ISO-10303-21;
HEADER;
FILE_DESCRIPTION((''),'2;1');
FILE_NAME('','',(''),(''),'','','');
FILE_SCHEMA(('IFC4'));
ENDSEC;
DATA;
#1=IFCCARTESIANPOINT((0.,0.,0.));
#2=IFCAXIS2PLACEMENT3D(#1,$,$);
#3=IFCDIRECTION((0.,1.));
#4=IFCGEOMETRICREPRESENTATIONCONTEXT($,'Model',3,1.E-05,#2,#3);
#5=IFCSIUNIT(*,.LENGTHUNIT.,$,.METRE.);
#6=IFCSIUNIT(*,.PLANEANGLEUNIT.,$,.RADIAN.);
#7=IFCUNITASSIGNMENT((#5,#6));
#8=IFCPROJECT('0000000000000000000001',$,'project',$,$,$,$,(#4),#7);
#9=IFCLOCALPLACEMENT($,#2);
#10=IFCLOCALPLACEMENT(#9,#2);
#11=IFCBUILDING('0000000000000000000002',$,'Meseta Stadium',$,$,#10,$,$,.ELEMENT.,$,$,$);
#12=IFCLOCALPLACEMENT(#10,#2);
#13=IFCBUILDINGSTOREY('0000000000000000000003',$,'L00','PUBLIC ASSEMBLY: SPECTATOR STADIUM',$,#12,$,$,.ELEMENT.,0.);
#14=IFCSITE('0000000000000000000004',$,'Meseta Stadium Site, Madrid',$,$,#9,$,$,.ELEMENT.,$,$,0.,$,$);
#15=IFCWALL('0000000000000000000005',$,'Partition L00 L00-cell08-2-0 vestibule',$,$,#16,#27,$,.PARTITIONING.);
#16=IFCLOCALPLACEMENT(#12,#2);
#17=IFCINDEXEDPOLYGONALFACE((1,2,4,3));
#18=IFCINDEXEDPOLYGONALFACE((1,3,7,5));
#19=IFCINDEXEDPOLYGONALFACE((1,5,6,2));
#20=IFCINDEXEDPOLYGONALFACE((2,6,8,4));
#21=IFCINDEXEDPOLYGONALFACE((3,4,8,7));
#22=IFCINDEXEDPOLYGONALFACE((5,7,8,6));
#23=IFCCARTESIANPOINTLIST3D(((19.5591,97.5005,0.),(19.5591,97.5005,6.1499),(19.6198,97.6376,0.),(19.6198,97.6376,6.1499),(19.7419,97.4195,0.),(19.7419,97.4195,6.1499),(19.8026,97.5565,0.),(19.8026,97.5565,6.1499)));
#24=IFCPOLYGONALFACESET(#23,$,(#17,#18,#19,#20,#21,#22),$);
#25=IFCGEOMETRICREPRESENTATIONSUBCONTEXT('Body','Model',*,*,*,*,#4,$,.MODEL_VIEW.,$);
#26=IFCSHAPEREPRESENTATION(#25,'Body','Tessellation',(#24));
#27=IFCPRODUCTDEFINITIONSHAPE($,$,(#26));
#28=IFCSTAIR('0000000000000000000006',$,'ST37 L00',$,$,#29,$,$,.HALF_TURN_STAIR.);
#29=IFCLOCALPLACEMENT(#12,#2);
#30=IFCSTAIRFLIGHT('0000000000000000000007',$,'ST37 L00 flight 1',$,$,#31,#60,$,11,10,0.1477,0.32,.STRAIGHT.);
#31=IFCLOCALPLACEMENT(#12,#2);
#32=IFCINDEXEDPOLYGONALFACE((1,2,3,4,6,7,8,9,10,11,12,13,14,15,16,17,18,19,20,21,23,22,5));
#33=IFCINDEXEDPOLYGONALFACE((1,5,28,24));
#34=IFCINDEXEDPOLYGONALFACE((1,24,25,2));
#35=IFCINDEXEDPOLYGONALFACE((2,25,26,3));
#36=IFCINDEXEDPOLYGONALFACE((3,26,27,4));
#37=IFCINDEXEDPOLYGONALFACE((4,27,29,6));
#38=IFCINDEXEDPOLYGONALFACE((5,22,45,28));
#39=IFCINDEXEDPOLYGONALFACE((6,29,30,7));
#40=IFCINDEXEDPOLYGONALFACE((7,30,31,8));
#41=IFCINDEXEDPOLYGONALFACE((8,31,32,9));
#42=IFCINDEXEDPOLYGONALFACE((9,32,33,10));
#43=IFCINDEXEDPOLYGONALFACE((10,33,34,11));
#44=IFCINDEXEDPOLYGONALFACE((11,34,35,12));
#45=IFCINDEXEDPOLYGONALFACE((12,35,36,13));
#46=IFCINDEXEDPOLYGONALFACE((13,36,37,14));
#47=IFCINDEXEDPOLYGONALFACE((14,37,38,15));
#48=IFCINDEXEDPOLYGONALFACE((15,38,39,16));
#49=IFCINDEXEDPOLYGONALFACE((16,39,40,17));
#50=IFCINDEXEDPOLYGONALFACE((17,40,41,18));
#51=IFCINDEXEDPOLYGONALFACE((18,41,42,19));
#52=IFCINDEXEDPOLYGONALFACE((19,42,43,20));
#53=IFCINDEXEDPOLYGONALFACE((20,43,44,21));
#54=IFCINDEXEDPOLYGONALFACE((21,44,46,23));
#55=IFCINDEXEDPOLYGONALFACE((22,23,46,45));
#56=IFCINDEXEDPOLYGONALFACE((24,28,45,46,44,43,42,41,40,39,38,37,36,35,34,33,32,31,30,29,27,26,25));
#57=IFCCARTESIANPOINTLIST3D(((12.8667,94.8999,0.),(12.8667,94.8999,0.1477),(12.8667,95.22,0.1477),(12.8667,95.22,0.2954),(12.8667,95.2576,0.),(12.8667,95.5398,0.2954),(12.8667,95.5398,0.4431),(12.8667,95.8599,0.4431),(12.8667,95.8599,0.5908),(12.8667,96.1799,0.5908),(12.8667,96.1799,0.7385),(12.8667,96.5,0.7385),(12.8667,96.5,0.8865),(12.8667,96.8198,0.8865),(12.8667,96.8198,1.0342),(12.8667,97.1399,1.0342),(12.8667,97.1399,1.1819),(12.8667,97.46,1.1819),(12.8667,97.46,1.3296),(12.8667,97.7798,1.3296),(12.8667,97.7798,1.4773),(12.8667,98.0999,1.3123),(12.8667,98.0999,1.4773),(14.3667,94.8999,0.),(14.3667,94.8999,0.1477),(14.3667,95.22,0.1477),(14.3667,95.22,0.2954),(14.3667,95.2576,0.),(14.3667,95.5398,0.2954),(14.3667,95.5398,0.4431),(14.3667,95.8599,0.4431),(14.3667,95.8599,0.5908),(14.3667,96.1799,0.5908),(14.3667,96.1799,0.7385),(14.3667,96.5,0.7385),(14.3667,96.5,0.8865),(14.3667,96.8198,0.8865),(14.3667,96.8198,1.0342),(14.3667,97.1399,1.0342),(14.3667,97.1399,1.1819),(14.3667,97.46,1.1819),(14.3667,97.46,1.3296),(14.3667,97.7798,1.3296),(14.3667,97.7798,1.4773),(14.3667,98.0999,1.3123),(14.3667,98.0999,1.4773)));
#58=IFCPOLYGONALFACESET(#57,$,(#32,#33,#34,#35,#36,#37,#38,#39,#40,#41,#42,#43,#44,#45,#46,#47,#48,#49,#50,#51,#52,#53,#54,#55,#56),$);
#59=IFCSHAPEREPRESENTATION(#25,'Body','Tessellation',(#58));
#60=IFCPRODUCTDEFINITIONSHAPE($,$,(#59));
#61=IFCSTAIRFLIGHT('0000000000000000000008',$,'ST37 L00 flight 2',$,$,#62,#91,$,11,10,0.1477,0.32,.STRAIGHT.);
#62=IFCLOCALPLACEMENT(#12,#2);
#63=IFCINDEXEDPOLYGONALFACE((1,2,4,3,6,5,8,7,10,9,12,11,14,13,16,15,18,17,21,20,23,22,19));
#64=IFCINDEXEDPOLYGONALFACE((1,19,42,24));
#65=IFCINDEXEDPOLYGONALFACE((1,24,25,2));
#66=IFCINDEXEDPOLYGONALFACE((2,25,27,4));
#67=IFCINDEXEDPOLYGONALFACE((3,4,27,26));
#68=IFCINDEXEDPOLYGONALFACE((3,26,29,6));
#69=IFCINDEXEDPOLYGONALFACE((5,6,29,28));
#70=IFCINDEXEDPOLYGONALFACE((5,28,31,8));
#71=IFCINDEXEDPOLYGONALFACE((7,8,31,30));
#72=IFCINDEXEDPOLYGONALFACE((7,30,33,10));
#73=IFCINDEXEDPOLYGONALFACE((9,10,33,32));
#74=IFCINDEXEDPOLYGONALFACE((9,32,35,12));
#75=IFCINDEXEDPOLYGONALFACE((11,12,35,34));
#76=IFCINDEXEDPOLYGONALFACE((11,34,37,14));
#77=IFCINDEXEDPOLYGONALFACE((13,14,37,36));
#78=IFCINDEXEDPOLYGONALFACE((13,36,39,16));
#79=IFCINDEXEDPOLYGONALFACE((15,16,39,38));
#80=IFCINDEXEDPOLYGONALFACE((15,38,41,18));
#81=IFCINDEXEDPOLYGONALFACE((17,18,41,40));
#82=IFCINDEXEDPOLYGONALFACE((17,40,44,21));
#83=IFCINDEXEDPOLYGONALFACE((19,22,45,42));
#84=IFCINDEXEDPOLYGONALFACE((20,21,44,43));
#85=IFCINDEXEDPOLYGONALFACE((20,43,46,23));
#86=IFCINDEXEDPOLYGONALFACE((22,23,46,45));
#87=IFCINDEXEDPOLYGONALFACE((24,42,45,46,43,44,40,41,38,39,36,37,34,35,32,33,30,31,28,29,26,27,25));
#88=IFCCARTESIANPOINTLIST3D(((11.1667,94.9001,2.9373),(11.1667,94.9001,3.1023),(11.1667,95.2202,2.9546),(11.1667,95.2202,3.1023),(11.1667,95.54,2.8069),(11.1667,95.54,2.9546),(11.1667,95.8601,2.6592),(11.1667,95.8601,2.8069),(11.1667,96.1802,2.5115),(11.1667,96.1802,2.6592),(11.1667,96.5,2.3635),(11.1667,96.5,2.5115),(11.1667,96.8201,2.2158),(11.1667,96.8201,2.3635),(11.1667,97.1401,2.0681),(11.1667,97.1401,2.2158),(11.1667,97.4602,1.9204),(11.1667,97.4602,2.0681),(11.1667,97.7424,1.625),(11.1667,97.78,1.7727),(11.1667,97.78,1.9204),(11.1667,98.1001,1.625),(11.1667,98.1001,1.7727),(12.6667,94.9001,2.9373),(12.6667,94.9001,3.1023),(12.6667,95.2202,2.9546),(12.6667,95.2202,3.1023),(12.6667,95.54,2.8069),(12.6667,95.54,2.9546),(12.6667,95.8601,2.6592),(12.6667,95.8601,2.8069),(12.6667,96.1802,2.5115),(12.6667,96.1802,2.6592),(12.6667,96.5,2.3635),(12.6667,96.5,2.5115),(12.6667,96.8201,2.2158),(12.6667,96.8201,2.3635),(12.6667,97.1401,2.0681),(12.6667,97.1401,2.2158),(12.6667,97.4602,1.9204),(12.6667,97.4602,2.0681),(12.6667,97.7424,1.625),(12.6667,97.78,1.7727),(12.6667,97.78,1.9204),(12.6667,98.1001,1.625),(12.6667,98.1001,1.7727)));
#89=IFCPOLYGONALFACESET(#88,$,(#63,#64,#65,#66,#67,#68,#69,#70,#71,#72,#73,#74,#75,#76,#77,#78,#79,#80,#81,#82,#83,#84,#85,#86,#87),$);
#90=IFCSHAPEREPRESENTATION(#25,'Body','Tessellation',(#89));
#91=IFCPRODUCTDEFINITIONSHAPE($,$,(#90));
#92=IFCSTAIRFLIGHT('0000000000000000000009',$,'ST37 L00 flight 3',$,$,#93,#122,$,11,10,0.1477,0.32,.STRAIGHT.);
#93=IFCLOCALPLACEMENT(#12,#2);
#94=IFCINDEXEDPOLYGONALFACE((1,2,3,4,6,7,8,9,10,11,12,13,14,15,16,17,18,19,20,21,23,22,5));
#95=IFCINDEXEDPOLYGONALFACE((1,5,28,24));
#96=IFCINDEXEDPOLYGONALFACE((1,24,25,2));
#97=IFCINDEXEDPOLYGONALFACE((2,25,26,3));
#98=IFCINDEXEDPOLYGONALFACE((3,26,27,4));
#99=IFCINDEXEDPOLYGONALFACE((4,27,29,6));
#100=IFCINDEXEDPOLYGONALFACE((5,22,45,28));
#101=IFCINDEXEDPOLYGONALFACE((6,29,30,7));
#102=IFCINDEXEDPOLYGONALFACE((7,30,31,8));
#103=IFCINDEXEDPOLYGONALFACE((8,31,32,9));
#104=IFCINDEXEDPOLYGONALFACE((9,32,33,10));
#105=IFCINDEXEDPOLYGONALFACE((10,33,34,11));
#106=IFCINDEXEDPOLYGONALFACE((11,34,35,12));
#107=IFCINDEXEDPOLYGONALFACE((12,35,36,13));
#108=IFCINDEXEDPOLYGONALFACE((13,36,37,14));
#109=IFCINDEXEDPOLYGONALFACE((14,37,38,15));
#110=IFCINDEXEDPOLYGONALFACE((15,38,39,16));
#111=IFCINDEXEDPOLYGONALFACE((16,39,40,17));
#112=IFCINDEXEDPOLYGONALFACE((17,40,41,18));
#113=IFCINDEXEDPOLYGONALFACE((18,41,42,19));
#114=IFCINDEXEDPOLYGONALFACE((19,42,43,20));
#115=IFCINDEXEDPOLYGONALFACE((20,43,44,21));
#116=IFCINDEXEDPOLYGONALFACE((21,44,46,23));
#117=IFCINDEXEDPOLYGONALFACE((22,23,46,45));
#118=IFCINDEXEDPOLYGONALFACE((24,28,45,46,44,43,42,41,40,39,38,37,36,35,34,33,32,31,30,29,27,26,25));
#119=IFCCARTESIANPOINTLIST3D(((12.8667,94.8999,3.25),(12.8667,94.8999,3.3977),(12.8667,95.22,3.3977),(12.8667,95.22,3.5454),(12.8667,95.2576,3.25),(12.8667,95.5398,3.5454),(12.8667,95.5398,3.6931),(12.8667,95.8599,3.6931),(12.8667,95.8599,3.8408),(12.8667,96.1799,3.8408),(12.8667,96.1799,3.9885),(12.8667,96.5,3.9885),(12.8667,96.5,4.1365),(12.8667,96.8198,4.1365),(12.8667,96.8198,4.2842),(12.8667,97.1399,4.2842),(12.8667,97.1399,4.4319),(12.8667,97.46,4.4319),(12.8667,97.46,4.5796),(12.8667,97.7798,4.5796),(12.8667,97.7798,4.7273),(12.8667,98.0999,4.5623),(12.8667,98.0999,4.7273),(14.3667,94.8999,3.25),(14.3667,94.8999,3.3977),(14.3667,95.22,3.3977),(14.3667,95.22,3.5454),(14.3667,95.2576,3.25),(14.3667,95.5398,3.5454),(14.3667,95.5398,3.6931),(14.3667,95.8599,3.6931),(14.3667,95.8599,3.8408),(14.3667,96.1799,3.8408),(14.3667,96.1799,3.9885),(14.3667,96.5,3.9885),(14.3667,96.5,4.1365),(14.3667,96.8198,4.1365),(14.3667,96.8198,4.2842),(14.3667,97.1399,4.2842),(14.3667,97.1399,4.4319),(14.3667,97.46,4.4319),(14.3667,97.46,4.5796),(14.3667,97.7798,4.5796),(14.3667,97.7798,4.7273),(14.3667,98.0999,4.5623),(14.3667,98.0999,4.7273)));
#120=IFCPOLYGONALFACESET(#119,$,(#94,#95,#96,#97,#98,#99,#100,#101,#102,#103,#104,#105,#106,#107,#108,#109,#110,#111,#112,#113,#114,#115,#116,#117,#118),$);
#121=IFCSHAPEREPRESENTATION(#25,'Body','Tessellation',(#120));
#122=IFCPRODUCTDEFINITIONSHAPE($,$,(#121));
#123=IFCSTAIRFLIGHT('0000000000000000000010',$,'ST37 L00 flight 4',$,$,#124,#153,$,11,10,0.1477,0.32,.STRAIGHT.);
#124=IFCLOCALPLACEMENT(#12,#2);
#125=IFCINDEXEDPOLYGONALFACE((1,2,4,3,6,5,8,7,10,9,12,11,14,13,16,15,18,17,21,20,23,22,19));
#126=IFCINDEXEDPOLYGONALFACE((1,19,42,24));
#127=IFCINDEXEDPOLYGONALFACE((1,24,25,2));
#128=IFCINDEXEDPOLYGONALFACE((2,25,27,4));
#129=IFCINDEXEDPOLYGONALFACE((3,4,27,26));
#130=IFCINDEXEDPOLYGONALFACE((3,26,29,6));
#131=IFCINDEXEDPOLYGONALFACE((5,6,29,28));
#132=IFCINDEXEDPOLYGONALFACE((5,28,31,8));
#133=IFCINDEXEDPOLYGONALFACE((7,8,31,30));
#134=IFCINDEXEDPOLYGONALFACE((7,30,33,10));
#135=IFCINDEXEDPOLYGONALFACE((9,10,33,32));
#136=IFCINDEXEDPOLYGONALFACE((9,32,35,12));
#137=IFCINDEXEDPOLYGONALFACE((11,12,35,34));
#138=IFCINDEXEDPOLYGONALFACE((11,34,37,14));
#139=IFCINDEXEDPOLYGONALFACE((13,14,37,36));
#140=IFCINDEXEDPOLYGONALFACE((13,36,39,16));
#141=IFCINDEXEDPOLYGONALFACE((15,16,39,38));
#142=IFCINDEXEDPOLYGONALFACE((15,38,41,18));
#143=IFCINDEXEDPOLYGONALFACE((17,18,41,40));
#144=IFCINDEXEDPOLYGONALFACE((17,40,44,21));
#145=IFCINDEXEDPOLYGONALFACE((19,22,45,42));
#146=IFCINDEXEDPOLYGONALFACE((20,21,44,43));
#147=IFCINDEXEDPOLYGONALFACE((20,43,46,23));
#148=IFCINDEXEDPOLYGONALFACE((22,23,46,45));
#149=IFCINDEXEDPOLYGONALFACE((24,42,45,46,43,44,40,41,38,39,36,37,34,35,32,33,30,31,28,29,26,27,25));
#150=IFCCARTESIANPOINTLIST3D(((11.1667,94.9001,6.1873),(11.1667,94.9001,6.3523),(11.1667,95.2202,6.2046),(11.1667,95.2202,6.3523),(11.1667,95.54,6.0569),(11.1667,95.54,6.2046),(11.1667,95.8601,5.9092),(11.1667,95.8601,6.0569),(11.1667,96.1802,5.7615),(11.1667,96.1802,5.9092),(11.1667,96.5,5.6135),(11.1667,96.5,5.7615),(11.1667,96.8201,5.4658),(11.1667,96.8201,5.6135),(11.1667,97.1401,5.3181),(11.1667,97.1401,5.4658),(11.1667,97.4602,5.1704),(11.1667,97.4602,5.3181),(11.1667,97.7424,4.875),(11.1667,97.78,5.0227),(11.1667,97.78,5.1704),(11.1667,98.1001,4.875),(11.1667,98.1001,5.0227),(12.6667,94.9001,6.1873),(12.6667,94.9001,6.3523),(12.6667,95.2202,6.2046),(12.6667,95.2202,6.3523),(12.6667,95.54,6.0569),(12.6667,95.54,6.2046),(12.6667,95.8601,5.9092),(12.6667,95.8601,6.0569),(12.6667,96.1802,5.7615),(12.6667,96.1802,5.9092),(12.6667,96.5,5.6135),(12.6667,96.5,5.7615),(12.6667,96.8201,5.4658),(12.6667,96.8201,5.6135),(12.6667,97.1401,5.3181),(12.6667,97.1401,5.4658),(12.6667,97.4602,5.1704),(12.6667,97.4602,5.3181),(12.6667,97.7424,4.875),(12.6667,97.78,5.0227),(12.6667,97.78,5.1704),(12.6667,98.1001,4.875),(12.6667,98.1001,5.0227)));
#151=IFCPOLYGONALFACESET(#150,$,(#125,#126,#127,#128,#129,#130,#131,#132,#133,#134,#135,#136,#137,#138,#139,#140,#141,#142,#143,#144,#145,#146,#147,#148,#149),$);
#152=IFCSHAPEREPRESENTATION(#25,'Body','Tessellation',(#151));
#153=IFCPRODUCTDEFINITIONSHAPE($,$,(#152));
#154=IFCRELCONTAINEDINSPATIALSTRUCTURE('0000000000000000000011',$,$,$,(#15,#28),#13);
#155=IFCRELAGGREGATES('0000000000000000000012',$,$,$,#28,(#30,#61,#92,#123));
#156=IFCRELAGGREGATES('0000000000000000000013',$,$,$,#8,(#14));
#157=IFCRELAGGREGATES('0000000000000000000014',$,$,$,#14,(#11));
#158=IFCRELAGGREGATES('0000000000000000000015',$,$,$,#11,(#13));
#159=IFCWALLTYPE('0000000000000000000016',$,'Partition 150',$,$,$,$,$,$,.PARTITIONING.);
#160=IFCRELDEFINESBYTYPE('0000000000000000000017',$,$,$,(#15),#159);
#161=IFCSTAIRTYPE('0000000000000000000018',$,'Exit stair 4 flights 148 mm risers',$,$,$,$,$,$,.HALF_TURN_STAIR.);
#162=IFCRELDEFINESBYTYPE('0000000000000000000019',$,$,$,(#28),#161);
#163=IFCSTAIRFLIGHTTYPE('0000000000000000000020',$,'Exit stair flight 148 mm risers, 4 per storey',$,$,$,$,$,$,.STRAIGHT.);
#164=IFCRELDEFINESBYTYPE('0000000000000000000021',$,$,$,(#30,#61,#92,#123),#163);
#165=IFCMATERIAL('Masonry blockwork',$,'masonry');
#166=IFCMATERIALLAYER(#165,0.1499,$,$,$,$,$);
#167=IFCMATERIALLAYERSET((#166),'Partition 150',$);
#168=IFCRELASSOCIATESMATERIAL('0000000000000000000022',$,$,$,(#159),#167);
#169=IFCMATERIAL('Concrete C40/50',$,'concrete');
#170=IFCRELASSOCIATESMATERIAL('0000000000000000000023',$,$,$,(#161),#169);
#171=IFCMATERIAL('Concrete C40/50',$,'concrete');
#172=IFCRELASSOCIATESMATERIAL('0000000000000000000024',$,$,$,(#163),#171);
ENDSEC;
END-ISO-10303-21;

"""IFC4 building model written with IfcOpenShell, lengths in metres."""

from ifc_helpers import new_model, si_unit, direction, frame, frame_2d, origin, place, context, subcontext, project, spatial, polyline, rectangle, outline, extrude, material, layer, layer_set, type_object, element, aggregate, save


model = new_model("IFC4")

# Units and contexts
model_context = context("Model", 3, precision=1e-05, world=origin(), true_north=direction((0.0, 1.0)))
body_context = subcontext(model_context, "Body", "Model", "MODEL_VIEW")
ifc_project = project(units=[si_unit("LENGTHUNIT", "METRE"), si_unit("PLANEANGLEUNIT", "RADIAN")], contexts=[model_context])

# Site, building, storey
site_placement = place(None, origin())
site = spatial("IfcSite", under=ifc_project, at=site_placement, Name="Meseta Stadium Site, Madrid", CompositionType="ELEMENT", RefElevation=0.0)
building_placement = place(site_placement, origin())
building = spatial("IfcBuilding", under=site, at=building_placement, Name="Meseta Stadium", CompositionType="ELEMENT")
storey_placement = place(building_placement, origin())
storey = spatial("IfcBuildingStorey", under=building, at=storey_placement, Name="L00", Description="PUBLIC ASSEMBLY: SPECTATOR STADIUM", CompositionType="ELEMENT", Elevation=0.0)

# Wall
ifc_material_1 = material(Name="Masonry blockwork", Category="masonry")
ifc_layer = layer(ifc_material_1, 0.1499)
ifc_layer_set = layer_set([ifc_layer], Name="Partition 150")
wall_type = type_object("IfcWallType", Name="Partition 150", PredefinedType="PARTITIONING", material=ifc_layer_set)
wall_placement = place(storey_placement, frame((19.5894, 97.5691, 0.0), z_axis=(0.0, 0.0, 1.0), x_axis=(0.914214, -0.405232, 0.0)))
element("IfcWall", 1, at=wall_placement, inside=storey, type_object=wall_type, Name="Partition L00 L00-cell08-2-0 vestibule", PredefinedType="PARTITIONING", context=body_context, shape_type="SweptSolid", body=[
    extrude(rectangle(XDim=0.2, YDim=0.1499, at=frame_2d((0.1001, 0.0))), origin(), (0.0, 0.0, 1.0), 6.1499),
])

# Stair, stair flights
ifc_material_2 = material(Name="Concrete C40/50", Category="concrete")
stair_type = type_object("IfcStairType", Name="Exit stair 4 flights 148 mm risers", PredefinedType="HALF_TURN_STAIR", material=ifc_material_2)
stair_1_placement = place(storey_placement, origin())
stair_1 = element("IfcStair", 2, at=stair_1_placement, inside=storey, type_object=stair_type, Name="ST37 L00", PredefinedType="HALF_TURN_STAIR")
ifc_material_3 = material(Name="Concrete C40/50", Category="concrete")
stair_flight_type = type_object("IfcStairFlightType", Name="Exit stair flight 148 mm risers, 4 per storey", PredefinedType="STRAIGHT", material=ifc_material_3)
stair_flight_1_placement = place(storey_placement, frame((13.6167, 94.8999, 0.0), z_axis=(0.0, 0.0, 1.0), x_axis=(0.0, 1.0, 0.0)))
stair_flight_1 = element("IfcStairFlight", 3, at=stair_flight_1_placement, type_object=stair_flight_type, Name="ST37 L00 flight 1", NumberOfRisers=11, NumberOfTreads=10, PredefinedType="STRAIGHT", RiserHeight=0.1477, TreadLength=0.32, context=body_context, shape_type="SweptSolid", body=[
    extrude(outline(polyline([(0.0, 0.0), (0.0, 0.1477), (0.3201, 0.1477), (0.3201, 0.2954), (0.6399, 0.2954), (0.6399, 0.4431), (0.96, 0.4431), (0.96, 0.5908), (1.28, 0.5908), (1.28, 0.7385), (1.6001, 0.7385), (1.6001, 0.8865), (1.9199, 0.8865), (1.9199, 1.0342), (2.24, 1.0342), (2.24, 1.1819), (2.5601, 1.1819), (2.5601, 1.3296), (2.8799, 1.3296), (2.8799, 1.4773), (3.2, 1.4773), (3.2, 1.3123), (0.3577, 0.0), (0.0, 0.0)])), frame((0.0, 0.75, 0.0), z_axis=(0.0, -1.0, 0.0), x_axis=(1.0, 0.0, 0.0)), (0.0, 0.0, 1.0), 1.5),
])
stair_flight_2_placement = place(storey_placement, frame((11.9167, 98.1001, 1.625), z_axis=(0.0, 0.0, 1.0), x_axis=(0.0, -1.0, 0.0)))
stair_flight_2 = element("IfcStairFlight", 4, at=stair_flight_2_placement, type_object=stair_flight_type, Name="ST37 L00 flight 2", NumberOfRisers=11, NumberOfTreads=10, PredefinedType="STRAIGHT", RiserHeight=0.1477, TreadLength=0.32, context=body_context, shape_type="SweptSolid", body=[
    extrude(outline(polyline([(0.0, 0.0), (0.0, 0.1477), (0.3201, 0.1477), (0.3201, 0.2954), (0.6399, 0.2954), (0.6399, 0.4431), (0.96, 0.4431), (0.96, 0.5908), (1.28, 0.5908), (1.28, 0.7385), (1.6001, 0.7385), (1.6001, 0.8865), (1.9199, 0.8865), (1.9199, 1.0342), (2.24, 1.0342), (2.24, 1.1819), (2.5601, 1.1819), (2.5601, 1.3296), (2.8799, 1.3296), (2.8799, 1.4773), (3.2, 1.4773), (3.2, 1.3123), (0.3577, 0.0), (0.0, 0.0)])), frame((0.0, 0.75, 0.0), z_axis=(0.0, -1.0, 0.0), x_axis=(1.0, 0.0, 0.0)), (0.0, 0.0, 1.0), 1.5),
])
stair_flight_3_placement = place(storey_placement, frame((13.6167, 94.8999, 3.25), z_axis=(0.0, 0.0, 1.0), x_axis=(0.0, 1.0, 0.0)))
stair_flight_3 = element("IfcStairFlight", 5, at=stair_flight_3_placement, type_object=stair_flight_type, Name="ST37 L00 flight 3", NumberOfRisers=11, NumberOfTreads=10, PredefinedType="STRAIGHT", RiserHeight=0.1477, TreadLength=0.32, context=body_context, shape_type="SweptSolid", body=[
    extrude(outline(polyline([(0.0, 0.0), (0.0, 0.1477), (0.3201, 0.1477), (0.3201, 0.2954), (0.6399, 0.2954), (0.6399, 0.4431), (0.96, 0.4431), (0.96, 0.5908), (1.28, 0.5908), (1.28, 0.7385), (1.6001, 0.7385), (1.6001, 0.8865), (1.9199, 0.8865), (1.9199, 1.0342), (2.24, 1.0342), (2.24, 1.1819), (2.5601, 1.1819), (2.5601, 1.3296), (2.8799, 1.3296), (2.8799, 1.4773), (3.2, 1.4773), (3.2, 1.3123), (0.3577, 0.0), (0.0, 0.0)])), frame((0.0, 0.75, 0.0), z_axis=(0.0, -1.0, 0.0), x_axis=(1.0, 0.0, 0.0)), (0.0, 0.0, 1.0), 1.5),
])
stair_flight_4_placement = place(storey_placement, frame((11.9167, 98.1001, 4.875), z_axis=(0.0, 0.0, 1.0), x_axis=(0.0, -1.0, 0.0)))
stair_flight_4 = element("IfcStairFlight", 6, at=stair_flight_4_placement, type_object=stair_flight_type, Name="ST37 L00 flight 4", NumberOfRisers=11, NumberOfTreads=10, PredefinedType="STRAIGHT", RiserHeight=0.1477, TreadLength=0.32, context=body_context, shape_type="SweptSolid", body=[
    extrude(outline(polyline([(0.0, 0.0), (0.0, 0.1477), (0.3201, 0.1477), (0.3201, 0.2954), (0.6399, 0.2954), (0.6399, 0.4431), (0.96, 0.4431), (0.96, 0.5908), (1.28, 0.5908), (1.28, 0.7385), (1.6001, 0.7385), (1.6001, 0.8865), (1.9199, 0.8865), (1.9199, 1.0342), (2.24, 1.0342), (2.24, 1.1819), (2.5601, 1.1819), (2.5601, 1.3296), (2.8799, 1.3296), (2.8799, 1.4773), (3.2, 1.4773), (3.2, 1.3123), (0.3577, 0.0), (0.0, 0.0)])), frame((0.0, 0.75, 0.0), z_axis=(0.0, -1.0, 0.0), x_axis=(1.0, 0.0, 0.0)), (0.0, 0.0, 1.0), 1.5),
])
aggregate(stair_1, [stair_flight_1, stair_flight_2, stair_flight_3, stair_flight_4])

save(model, "model.ifc")
